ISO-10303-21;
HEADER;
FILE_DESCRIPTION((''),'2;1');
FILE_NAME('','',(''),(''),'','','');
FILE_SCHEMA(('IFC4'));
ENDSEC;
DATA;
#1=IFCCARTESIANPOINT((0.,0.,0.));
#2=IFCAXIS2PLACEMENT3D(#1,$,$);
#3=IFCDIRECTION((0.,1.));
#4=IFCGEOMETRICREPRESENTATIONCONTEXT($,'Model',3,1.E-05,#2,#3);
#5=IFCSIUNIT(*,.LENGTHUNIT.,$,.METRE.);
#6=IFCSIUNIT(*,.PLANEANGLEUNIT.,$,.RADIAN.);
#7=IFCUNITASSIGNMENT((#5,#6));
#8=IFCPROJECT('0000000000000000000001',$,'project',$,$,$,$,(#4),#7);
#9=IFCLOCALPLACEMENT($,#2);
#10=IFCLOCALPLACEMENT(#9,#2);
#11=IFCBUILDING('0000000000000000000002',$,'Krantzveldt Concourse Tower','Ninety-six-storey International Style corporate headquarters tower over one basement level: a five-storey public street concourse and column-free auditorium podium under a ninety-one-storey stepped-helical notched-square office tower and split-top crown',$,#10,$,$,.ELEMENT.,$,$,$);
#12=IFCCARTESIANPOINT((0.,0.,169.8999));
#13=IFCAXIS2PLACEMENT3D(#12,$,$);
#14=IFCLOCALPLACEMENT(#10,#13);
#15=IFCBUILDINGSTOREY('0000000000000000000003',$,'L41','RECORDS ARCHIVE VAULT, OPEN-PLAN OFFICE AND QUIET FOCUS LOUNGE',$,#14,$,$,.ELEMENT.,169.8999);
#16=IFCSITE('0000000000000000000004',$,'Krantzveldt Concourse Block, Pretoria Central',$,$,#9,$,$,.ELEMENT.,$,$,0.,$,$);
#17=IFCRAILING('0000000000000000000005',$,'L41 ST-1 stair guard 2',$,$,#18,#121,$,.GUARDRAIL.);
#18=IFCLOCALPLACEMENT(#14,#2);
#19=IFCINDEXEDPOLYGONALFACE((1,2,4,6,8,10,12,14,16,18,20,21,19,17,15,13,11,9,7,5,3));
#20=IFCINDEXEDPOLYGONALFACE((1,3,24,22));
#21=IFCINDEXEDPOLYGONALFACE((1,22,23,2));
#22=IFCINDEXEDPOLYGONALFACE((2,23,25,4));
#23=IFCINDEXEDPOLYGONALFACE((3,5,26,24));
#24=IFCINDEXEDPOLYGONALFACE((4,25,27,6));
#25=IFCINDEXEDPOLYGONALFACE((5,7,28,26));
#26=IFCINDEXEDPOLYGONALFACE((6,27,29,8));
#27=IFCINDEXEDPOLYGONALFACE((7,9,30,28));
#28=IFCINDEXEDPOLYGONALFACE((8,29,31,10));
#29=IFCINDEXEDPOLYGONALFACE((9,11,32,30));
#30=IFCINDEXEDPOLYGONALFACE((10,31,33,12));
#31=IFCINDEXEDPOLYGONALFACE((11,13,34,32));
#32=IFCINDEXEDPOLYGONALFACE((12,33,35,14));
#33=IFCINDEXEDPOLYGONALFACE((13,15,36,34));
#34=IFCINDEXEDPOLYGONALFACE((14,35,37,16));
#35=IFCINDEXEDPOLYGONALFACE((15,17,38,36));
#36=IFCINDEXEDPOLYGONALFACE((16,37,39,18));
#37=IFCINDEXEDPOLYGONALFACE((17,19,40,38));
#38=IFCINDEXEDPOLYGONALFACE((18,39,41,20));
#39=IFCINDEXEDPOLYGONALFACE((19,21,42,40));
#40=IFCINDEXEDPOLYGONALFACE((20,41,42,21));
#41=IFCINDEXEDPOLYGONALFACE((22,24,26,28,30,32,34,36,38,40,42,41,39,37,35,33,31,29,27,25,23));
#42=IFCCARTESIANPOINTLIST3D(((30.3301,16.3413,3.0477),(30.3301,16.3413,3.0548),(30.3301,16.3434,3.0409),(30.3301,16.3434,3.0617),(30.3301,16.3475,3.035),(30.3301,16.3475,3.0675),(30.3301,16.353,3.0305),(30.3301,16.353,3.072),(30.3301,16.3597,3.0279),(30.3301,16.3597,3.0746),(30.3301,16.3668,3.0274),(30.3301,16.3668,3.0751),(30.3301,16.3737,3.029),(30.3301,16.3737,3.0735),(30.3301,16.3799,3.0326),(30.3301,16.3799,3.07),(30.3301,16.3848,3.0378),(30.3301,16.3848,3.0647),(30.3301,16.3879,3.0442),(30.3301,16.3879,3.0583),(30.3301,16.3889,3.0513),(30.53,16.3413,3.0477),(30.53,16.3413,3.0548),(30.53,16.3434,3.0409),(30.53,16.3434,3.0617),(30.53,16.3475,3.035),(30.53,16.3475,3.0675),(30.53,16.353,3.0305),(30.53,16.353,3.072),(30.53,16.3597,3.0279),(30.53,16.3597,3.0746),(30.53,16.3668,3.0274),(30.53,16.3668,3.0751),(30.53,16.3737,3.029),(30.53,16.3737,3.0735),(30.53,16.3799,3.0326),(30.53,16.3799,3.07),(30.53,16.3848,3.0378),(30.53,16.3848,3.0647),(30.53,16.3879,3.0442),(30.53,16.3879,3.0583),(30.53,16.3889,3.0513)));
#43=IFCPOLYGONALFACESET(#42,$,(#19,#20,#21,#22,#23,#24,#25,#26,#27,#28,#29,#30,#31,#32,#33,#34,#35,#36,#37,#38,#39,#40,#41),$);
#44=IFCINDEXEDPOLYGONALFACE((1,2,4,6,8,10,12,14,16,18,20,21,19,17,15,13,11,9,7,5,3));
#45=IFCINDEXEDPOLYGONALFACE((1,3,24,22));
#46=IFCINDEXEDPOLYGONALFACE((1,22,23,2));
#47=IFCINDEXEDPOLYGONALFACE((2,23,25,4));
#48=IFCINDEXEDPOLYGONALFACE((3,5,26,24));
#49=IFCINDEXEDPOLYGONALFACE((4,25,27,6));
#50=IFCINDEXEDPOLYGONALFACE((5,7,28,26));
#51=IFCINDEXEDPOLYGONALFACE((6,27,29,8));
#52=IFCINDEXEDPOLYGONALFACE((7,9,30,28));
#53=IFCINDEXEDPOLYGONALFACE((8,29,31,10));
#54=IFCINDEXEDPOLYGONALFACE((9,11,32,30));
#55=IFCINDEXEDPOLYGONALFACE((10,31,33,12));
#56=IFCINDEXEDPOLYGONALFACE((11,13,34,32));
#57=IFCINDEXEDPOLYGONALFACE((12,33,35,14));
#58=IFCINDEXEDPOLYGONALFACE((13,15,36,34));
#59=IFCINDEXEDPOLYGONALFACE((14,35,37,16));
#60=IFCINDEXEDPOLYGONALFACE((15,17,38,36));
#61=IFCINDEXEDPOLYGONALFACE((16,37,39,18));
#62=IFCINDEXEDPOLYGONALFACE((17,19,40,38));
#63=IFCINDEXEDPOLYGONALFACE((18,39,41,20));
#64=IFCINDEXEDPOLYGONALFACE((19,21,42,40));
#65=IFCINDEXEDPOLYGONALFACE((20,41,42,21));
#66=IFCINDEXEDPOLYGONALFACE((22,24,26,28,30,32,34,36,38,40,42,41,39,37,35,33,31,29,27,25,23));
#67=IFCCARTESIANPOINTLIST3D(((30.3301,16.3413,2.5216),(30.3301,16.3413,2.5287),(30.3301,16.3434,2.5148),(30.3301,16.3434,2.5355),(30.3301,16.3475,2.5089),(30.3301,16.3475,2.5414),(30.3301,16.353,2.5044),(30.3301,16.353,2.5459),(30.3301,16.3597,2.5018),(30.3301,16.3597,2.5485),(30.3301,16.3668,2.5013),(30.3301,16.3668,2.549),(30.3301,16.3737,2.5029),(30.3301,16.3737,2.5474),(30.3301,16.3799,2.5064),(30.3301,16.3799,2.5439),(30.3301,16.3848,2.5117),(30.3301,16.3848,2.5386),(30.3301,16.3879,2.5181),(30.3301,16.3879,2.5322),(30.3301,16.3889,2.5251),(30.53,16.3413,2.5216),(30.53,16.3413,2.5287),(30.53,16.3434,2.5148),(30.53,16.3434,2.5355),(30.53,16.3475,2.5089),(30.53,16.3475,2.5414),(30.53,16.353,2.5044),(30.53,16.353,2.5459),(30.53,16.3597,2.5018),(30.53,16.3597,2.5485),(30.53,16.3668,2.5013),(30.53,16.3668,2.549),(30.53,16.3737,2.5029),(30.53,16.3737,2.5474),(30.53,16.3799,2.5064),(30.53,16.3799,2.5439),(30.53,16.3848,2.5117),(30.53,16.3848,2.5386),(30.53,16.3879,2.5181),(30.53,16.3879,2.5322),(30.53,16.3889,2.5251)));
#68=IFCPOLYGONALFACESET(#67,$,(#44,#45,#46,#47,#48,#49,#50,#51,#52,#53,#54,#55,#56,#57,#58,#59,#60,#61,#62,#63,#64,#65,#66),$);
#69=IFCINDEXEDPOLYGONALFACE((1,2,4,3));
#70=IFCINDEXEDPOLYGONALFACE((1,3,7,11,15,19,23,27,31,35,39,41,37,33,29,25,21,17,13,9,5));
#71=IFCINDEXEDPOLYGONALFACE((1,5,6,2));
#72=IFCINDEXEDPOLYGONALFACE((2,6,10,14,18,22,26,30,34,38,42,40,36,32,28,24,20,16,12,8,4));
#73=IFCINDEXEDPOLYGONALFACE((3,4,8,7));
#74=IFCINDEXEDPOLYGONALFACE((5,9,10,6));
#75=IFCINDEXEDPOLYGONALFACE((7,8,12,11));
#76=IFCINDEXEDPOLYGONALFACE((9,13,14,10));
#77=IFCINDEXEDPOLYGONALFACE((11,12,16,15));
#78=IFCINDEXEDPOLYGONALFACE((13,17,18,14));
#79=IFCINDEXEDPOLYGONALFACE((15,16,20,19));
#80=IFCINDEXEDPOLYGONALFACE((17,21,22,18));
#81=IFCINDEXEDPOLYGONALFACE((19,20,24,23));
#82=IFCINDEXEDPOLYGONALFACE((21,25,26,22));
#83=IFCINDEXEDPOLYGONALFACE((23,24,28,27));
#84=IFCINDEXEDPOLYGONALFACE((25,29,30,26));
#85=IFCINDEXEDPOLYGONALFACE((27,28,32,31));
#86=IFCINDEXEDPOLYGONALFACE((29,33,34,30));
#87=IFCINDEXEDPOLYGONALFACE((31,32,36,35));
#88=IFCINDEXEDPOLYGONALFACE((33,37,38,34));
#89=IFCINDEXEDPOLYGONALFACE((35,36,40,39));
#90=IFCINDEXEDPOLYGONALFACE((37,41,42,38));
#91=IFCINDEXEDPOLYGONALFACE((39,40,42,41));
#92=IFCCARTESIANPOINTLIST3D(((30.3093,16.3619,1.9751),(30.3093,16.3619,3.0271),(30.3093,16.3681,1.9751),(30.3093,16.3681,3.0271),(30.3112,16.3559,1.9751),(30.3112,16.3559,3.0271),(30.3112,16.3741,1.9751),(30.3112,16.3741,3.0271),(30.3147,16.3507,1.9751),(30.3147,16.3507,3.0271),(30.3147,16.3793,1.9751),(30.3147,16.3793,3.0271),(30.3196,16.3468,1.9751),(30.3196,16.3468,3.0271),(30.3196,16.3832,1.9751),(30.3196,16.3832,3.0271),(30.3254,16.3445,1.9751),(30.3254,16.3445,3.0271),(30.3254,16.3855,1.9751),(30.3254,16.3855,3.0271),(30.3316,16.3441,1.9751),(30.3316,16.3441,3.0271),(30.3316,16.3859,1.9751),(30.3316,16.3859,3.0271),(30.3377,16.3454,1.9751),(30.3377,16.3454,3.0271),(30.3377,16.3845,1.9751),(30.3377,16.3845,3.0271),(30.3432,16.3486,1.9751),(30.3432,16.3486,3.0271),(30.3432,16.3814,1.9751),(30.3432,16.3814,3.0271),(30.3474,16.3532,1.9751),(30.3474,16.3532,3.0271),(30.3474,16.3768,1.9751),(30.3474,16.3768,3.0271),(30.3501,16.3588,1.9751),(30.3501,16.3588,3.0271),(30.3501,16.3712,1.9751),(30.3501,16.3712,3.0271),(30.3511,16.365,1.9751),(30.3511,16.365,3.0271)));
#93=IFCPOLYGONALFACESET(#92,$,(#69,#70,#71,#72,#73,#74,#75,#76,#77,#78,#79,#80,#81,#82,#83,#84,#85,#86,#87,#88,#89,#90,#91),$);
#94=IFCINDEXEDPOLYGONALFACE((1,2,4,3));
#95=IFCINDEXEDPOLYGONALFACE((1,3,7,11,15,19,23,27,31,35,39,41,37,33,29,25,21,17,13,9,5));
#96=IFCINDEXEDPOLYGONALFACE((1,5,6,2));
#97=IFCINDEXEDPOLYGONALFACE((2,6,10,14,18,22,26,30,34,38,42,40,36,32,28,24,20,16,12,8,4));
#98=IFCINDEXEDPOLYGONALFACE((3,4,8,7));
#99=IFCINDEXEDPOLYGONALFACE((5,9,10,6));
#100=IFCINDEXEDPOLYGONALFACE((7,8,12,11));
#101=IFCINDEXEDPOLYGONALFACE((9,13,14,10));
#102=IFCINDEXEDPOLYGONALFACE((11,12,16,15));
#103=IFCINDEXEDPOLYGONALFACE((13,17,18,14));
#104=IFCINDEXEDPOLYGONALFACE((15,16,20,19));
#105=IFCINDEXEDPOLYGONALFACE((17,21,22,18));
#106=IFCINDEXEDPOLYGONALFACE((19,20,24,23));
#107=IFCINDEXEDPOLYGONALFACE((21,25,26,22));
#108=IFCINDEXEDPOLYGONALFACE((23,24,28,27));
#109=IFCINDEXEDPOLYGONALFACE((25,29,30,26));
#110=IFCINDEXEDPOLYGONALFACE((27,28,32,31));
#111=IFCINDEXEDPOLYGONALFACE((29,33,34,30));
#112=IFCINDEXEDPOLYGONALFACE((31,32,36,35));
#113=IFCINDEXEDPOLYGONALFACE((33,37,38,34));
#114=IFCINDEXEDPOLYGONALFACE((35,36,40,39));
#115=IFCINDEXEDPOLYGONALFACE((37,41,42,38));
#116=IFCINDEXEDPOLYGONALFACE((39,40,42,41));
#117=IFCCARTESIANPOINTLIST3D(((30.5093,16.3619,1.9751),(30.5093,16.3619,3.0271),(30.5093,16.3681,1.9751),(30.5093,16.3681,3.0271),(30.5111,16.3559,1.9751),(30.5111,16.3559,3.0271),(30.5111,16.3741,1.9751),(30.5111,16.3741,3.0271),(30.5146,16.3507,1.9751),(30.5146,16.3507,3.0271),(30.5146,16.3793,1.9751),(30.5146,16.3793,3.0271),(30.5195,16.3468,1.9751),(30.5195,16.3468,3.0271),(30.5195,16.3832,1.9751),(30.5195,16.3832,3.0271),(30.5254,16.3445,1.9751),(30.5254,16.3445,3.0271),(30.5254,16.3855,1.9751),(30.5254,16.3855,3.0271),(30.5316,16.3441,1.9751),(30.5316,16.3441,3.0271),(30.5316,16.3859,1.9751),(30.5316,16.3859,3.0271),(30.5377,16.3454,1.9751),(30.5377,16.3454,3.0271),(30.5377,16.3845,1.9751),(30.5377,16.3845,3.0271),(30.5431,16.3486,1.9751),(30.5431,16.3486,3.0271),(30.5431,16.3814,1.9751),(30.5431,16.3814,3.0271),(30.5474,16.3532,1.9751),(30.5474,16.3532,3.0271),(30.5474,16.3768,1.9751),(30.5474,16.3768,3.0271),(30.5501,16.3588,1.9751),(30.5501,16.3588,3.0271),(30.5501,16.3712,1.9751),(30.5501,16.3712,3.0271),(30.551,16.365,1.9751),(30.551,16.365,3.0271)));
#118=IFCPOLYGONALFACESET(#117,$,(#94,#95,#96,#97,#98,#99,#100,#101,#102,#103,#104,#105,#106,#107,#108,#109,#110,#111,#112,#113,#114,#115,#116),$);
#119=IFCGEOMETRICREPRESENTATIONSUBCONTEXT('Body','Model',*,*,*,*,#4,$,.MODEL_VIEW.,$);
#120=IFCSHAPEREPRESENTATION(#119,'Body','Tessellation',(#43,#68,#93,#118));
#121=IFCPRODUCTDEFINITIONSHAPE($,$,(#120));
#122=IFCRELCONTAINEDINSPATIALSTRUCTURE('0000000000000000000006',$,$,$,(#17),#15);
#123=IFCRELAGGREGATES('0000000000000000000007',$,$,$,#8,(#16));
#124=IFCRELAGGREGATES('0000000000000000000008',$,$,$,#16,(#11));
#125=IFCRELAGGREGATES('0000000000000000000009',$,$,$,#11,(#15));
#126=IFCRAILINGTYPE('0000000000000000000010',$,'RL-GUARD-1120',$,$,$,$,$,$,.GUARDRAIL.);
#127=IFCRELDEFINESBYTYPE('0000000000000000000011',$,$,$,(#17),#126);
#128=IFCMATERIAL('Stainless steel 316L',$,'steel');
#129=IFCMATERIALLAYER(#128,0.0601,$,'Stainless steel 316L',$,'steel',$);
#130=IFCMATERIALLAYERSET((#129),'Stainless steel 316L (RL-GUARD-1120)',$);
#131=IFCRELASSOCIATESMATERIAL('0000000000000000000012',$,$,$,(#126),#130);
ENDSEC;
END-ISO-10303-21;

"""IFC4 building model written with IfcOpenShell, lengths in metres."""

from ifc_helpers import new_model, si_unit, direction, frame, origin, origin_2d, place, context, subcontext, project, spatial, circle, extrude, material, layer, layer_set, type_object, element, save


model = new_model("IFC4")

# Units and contexts
model_context = context("Model", 3, precision=1e-05, world=origin(), true_north=direction((0.0, 1.0)))
body_context = subcontext(model_context, "Body", "Model", "MODEL_VIEW")
ifc_project = project(units=[si_unit("LENGTHUNIT", "METRE"), si_unit("PLANEANGLEUNIT", "RADIAN")], contexts=[model_context])

# Site, building, storey
site_placement = place(None, origin())
site = spatial("IfcSite", under=ifc_project, at=site_placement, Name="Krantzveldt Concourse Block, Pretoria Central", CompositionType="ELEMENT", RefElevation=0.0)
building_placement = place(site_placement, origin())
building = spatial("IfcBuilding", under=site, at=building_placement, Name="Krantzveldt Concourse Tower", Description="Ninety-six-storey International Style corporate headquarters tower over one basement level: a five-storey public street concourse and column-free auditorium podium under a ninety-one-storey stepped-helical notched-square office tower and split-top crown", CompositionType="ELEMENT")
storey_placement = place(building_placement, frame((0.0, 0.0, 169.8999)))
storey = spatial("IfcBuildingStorey", under=building, at=storey_placement, Name="L41", Description="RECORDS ARCHIVE VAULT, OPEN-PLAN OFFICE AND QUIET FOCUS LOUNGE", CompositionType="ELEMENT", Elevation=169.8999)

# Railing
ifc_material_1 = material(Name="Stainless steel 316L", Category="steel")
ifc_layer_1 = layer(ifc_material_1, 0.0601, Name="Stainless steel 316L", Category="steel")
ifc_layer_set_1 = layer_set([ifc_layer_1], Name="Stainless steel 316L (RL-GUARD-1120)")
railing_type_1 = type_object("IfcRailingType", Name="RL-GUARD-1120", PredefinedType="GUARDRAIL", material=ifc_layer_set_1)
railing_1_placement = place(storey_placement, frame((30.3301, 16.365, 1.9751)))
element("IfcRailing", 1, at=railing_1_placement, inside=storey, type_object=railing_type_1, Name="L41 ST-1 stair guard 2", PredefinedType="GUARDRAIL", context=body_context, shape_type="SweptSolid", body=[
    extrude(circle(Radius=0.0239, at=origin_2d()), frame((0.0, 0.0, 1.0762), z_axis=(1.0, 0.0, 0.0), x_axis=(0.0, 1.0, 0.0)), (0.0, 0.0, 1.0), 0.2),
    extrude(circle(Radius=0.0239, at=origin_2d()), frame((0.0, 0.0, 0.55), z_axis=(1.0, 0.0, 0.0), x_axis=(0.0, 1.0, 0.0)), (0.0, 0.0, 1.0), 0.2),
    extrude(circle(Radius=0.021, at=origin_2d()), origin(), (0.0, 0.0, 1.0), 1.052),
    extrude(circle(Radius=0.021, at=origin_2d()), frame((0.2, 0.0, 0.0)), (0.0, 0.0, 1.0), 1.052),
])

save(model, "model.ifc")
